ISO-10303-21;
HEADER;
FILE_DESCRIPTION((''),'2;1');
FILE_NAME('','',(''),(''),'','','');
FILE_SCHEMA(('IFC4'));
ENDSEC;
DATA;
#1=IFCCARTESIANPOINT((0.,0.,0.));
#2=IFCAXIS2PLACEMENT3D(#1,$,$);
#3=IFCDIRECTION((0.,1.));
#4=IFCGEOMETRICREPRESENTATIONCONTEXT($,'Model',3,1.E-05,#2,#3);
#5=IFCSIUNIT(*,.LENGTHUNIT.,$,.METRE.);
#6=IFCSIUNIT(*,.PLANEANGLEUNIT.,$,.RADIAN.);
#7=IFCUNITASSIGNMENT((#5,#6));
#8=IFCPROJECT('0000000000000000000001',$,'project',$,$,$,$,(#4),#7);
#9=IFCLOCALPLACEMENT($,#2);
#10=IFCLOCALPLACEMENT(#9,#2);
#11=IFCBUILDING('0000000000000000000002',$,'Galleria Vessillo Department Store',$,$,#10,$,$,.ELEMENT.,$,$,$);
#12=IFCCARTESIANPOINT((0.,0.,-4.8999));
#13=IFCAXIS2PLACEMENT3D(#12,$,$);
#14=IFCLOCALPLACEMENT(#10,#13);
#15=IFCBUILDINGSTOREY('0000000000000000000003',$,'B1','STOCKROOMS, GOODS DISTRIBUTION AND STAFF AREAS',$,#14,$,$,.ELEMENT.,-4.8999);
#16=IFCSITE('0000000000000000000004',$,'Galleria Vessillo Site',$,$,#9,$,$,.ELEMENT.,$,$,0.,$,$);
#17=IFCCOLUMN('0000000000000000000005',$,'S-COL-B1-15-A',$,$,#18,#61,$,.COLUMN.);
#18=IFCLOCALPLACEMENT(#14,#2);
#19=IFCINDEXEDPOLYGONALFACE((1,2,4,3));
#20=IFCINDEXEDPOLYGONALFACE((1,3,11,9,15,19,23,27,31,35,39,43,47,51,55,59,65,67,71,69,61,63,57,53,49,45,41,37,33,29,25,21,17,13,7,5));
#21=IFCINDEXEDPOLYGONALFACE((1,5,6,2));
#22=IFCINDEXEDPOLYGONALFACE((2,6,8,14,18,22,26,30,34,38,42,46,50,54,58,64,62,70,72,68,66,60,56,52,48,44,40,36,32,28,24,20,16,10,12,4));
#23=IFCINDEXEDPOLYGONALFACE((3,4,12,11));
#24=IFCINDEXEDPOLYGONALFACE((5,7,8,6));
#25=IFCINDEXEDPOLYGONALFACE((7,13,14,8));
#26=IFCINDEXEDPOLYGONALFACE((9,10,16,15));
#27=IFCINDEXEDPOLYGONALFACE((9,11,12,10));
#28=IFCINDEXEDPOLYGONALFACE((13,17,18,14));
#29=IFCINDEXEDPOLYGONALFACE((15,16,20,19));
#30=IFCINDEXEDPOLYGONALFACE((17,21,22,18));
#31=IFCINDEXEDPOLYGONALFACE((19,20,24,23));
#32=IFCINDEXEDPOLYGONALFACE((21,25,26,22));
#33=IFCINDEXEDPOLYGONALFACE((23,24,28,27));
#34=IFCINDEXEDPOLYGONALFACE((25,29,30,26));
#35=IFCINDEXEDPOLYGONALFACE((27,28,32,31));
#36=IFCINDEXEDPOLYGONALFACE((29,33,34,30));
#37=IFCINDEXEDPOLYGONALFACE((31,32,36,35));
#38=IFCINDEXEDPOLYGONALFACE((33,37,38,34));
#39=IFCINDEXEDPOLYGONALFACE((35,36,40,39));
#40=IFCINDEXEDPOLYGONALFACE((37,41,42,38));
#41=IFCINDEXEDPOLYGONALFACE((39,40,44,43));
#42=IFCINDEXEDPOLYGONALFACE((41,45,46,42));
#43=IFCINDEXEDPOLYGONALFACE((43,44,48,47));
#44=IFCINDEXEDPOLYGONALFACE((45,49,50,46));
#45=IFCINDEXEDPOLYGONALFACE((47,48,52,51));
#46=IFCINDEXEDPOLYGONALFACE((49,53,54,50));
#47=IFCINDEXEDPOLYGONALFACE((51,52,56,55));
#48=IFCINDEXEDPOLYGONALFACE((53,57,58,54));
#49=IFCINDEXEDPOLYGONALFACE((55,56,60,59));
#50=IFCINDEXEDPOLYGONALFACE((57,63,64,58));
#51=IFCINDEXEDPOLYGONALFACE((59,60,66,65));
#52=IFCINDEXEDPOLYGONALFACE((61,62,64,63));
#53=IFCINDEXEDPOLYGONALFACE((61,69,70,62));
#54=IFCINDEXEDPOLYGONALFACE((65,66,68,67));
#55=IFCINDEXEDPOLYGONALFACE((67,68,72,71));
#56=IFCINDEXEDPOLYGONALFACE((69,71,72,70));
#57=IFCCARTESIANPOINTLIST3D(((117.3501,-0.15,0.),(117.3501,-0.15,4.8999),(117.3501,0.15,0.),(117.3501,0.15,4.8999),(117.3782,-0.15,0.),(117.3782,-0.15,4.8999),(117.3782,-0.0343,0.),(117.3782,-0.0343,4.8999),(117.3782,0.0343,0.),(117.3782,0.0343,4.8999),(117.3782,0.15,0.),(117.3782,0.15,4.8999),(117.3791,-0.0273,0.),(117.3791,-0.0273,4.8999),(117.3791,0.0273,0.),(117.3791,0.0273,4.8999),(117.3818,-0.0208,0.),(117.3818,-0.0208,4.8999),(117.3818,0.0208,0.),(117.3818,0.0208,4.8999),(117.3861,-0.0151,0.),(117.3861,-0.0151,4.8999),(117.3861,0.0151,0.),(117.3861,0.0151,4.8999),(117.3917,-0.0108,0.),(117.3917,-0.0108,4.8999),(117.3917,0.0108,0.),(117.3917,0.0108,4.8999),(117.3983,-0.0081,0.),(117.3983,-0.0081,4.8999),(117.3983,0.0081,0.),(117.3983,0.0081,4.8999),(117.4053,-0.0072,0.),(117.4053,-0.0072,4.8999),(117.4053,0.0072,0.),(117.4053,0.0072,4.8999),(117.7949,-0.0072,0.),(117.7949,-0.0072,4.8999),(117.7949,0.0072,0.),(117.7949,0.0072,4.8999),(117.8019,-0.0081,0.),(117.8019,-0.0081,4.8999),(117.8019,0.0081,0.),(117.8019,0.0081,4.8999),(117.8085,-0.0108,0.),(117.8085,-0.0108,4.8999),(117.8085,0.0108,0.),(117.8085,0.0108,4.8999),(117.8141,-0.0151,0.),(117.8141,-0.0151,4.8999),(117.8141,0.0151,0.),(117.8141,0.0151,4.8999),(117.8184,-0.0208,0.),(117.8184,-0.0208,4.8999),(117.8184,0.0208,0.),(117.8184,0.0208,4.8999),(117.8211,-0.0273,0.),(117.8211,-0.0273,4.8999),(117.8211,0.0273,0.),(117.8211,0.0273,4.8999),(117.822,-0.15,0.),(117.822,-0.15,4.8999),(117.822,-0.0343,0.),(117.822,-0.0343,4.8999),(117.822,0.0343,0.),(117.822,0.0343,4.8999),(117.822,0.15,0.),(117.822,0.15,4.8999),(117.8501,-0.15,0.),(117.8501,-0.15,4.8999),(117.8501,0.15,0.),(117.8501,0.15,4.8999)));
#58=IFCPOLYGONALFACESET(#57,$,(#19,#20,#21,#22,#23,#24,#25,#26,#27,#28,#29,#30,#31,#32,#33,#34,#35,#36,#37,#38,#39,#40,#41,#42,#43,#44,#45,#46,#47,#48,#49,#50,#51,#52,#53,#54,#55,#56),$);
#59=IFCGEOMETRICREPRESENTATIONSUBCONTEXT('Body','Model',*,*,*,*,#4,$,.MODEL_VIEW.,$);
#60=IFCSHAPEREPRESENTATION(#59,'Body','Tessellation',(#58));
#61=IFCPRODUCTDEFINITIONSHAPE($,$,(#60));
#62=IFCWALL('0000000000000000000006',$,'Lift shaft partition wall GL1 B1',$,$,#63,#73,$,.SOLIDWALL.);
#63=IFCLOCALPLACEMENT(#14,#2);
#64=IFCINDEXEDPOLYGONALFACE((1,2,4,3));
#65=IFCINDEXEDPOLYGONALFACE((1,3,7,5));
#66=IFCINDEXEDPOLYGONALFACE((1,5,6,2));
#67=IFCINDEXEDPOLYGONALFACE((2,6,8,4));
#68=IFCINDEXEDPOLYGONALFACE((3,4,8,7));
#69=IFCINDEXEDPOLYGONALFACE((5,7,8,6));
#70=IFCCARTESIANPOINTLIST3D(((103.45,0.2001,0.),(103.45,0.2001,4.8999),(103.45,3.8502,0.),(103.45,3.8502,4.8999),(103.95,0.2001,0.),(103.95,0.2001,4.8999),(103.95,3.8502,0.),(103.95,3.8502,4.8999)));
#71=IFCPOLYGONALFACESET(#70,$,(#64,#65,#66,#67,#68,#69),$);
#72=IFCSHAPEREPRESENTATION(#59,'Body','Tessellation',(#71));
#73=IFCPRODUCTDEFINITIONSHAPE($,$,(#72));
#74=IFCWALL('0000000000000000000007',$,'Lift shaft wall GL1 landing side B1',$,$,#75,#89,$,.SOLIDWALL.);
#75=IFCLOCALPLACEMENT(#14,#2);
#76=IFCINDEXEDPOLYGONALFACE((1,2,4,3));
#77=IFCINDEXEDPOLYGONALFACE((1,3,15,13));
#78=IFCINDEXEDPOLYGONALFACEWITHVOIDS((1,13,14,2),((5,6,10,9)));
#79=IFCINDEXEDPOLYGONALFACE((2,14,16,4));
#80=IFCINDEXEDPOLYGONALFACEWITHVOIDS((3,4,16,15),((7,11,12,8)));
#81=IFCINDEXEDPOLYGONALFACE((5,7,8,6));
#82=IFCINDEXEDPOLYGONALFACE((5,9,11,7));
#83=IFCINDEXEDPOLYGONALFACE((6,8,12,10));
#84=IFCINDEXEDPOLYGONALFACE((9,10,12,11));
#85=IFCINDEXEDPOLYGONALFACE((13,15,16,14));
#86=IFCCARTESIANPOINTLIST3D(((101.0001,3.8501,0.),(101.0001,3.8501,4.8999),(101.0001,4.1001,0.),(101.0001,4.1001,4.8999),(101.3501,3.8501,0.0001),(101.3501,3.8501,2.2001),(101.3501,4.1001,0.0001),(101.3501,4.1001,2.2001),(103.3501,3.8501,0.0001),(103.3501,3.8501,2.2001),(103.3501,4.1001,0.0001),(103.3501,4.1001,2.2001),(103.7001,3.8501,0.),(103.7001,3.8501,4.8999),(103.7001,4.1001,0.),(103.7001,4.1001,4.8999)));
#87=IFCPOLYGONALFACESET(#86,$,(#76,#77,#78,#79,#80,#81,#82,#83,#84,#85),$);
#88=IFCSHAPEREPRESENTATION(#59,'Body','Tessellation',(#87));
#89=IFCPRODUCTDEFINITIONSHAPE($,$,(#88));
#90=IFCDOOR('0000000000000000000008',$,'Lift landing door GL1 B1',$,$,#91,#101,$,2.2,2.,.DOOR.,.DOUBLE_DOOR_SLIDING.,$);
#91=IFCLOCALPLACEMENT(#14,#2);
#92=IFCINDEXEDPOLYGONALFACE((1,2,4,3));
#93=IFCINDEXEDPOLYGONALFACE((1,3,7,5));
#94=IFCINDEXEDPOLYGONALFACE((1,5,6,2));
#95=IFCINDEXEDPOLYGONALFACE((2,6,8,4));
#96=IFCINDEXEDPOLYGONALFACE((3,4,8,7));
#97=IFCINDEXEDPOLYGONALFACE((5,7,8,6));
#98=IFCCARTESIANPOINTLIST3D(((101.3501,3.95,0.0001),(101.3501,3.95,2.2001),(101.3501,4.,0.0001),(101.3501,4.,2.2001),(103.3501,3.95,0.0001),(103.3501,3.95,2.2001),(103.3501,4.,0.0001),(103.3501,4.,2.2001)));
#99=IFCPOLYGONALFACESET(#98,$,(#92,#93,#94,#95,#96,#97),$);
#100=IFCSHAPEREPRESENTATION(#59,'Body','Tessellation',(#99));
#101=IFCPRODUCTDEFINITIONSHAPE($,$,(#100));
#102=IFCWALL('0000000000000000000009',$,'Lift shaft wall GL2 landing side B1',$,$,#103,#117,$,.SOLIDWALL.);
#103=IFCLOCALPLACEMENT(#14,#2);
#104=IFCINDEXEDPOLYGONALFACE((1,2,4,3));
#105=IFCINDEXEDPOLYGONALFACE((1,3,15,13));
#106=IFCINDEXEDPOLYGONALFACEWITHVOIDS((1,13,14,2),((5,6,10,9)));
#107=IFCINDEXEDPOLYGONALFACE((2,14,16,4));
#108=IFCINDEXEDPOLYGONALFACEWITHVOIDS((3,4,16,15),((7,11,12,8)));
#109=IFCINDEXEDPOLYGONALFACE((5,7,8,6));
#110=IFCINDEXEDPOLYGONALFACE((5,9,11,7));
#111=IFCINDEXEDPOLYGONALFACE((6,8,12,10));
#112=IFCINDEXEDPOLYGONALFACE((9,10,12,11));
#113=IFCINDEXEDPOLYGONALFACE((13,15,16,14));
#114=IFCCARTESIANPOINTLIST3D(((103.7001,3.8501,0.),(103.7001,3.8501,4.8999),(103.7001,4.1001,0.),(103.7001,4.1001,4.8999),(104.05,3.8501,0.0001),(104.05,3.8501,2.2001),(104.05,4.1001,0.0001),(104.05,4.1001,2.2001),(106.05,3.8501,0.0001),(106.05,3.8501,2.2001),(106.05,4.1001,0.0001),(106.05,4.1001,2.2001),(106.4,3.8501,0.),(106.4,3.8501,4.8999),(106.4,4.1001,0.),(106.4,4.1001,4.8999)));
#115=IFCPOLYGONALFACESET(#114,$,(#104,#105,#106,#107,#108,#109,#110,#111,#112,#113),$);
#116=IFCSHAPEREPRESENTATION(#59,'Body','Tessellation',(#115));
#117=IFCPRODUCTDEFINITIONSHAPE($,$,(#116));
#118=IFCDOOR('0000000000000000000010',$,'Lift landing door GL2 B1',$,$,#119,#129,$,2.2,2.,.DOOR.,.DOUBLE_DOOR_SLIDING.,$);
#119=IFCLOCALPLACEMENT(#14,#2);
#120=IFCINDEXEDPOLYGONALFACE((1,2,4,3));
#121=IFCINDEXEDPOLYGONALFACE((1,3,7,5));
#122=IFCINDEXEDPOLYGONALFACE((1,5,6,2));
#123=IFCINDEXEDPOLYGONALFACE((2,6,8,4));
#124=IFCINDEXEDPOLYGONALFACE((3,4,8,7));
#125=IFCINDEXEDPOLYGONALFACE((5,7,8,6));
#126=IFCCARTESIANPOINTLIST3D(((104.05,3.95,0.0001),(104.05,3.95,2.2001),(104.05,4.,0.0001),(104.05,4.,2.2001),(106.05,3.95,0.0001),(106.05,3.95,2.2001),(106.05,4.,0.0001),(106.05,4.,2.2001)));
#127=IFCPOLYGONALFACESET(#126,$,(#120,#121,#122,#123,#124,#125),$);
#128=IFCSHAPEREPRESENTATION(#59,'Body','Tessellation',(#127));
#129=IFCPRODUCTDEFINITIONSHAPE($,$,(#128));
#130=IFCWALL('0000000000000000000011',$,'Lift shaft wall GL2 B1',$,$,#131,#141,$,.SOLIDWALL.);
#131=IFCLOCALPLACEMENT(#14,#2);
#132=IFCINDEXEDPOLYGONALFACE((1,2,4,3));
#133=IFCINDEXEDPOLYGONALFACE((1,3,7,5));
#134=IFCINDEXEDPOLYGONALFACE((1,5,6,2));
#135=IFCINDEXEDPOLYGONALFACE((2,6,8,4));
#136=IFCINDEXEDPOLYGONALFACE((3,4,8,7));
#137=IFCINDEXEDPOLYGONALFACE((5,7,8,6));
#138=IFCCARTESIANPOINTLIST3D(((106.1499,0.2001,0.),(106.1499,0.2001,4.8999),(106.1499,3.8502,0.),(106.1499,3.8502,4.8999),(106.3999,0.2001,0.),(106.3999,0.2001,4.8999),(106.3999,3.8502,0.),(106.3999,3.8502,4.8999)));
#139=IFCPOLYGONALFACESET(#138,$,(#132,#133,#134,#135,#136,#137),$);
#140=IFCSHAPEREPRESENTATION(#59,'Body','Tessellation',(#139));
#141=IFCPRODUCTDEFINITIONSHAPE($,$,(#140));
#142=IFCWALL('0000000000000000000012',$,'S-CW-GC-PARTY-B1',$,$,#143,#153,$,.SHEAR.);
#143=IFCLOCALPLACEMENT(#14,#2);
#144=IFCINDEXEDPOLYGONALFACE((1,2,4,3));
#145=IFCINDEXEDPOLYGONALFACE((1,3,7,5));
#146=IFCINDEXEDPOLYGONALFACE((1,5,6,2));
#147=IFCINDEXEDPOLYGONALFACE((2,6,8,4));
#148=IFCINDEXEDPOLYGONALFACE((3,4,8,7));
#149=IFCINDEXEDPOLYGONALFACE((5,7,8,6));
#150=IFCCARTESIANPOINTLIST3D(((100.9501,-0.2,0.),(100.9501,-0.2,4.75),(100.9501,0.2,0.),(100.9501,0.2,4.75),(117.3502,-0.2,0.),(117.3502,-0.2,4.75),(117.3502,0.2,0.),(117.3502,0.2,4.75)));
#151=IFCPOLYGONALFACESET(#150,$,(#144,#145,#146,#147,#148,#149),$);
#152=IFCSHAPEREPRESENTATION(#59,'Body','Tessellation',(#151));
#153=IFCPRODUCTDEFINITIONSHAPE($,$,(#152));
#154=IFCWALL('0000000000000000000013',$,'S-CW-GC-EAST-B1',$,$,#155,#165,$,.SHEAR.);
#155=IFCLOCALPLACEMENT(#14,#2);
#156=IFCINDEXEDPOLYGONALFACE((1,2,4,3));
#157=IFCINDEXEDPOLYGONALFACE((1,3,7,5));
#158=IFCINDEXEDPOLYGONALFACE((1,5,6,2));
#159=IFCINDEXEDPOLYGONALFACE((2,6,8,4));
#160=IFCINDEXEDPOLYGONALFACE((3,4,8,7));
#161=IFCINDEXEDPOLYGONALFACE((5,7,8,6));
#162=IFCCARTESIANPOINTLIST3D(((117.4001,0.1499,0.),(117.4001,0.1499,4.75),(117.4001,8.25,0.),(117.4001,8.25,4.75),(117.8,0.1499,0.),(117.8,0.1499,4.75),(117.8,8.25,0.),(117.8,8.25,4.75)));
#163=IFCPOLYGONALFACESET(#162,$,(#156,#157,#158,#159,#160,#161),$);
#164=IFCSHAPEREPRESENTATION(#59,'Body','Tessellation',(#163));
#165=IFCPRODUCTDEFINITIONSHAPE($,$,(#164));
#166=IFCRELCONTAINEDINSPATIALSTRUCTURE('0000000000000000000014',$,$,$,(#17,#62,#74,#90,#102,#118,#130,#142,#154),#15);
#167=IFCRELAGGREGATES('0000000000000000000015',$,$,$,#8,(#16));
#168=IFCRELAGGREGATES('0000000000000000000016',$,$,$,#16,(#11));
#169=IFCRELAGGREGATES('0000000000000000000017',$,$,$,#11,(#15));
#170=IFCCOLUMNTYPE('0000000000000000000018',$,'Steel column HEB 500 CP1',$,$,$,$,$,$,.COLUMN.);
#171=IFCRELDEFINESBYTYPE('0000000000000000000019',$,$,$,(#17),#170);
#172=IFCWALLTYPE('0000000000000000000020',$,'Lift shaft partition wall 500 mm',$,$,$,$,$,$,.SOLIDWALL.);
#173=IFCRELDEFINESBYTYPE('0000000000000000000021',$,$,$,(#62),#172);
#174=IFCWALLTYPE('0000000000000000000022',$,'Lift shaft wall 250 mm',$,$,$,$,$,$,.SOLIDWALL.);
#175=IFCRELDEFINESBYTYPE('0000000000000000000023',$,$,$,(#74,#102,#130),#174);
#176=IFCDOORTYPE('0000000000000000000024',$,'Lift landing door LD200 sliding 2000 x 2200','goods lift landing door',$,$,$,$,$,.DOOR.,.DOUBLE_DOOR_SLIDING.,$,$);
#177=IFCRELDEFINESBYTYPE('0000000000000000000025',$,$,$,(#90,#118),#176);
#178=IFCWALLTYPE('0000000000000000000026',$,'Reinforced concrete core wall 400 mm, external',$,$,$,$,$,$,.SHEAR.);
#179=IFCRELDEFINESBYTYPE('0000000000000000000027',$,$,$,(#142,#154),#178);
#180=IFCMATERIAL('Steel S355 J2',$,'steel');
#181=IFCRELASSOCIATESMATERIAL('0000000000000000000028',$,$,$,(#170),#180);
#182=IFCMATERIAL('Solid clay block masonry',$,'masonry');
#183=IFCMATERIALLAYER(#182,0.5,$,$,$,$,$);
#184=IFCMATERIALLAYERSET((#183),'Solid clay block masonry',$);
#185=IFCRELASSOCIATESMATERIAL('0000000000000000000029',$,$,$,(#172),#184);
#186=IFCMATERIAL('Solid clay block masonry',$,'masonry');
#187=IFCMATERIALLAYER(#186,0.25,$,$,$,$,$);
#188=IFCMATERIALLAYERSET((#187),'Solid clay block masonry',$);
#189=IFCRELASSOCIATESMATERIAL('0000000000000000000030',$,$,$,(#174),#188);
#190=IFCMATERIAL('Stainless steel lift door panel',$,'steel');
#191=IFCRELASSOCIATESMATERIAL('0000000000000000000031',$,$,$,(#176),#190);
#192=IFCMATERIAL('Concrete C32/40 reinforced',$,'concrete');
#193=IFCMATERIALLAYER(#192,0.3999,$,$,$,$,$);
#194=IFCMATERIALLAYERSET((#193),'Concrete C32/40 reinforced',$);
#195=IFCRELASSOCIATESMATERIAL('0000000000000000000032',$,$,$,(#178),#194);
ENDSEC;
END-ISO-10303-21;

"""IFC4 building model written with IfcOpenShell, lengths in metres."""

from ifc_helpers import new_model, si_unit, direction, frame, frame_2d, origin, origin_2d, place, context, subcontext, project, spatial, rectangle, i_section, extrude, material, layer, layer_set, material_profile, profile_set, type_object, element, fill, save


model = new_model("IFC4")

# Units and contexts
model_context = context("Model", 3, precision=1e-05, world=origin(), true_north=direction((0.0, 1.0)))
body_context = subcontext(model_context, "Body", "Model", "MODEL_VIEW")
ifc_project = project(units=[si_unit("LENGTHUNIT", "METRE"), si_unit("PLANEANGLEUNIT", "RADIAN")], contexts=[model_context])

# Site, building, storey
site_placement = place(None, origin())
site = spatial("IfcSite", under=ifc_project, at=site_placement, Name="Galleria Vessillo Site", CompositionType="ELEMENT", RefElevation=0.0)
building_placement = place(site_placement, origin())
building = spatial("IfcBuilding", under=site, at=building_placement, Name="Galleria Vessillo Department Store", CompositionType="ELEMENT")
storey_placement = place(building_placement, frame((0.0, 0.0, -4.8999)))
storey = spatial("IfcBuildingStorey", under=building, at=storey_placement, Name="B1", Description="STOCKROOMS, GOODS DISTRIBUTION AND STAFF AREAS", CompositionType="ELEMENT", Elevation=-4.8999)

# Column
ifc_material_1 = material(Name="Steel S355 J2", Category="steel")
ifc_material_profile = material_profile(ifc_material_1, i_section(OverallWidth=0.3, OverallDepth=0.5, WebThickness=0.0144, FlangeThickness=0.0281, FilletRadius=0.0271, at=origin_2d()), Name="HEB 500")
ifc_profile_set = profile_set([ifc_material_profile], Name="Steel S355 J2")
column_type = type_object("IfcColumnType", Name="Steel column HEB 500 CP1", PredefinedType="COLUMN", material=ifc_profile_set)
column_placement = place(storey_placement, frame((117.6001, 0.0, 0.0), z_axis=(0.0, 0.0, 1.0), x_axis=(0.0, 1.0, 0.0)))
element("IfcColumn", 1, at=column_placement, inside=storey, type_object=column_type, Name="S-COL-B1-15-A", PredefinedType="COLUMN", context=body_context, shape_type="SweptSolid", body=[
    extrude(i_section(OverallWidth=0.3, OverallDepth=0.5, WebThickness=0.0144, FlangeThickness=0.0281, FilletRadius=0.0271, at=origin_2d()), origin(), (0.0, 0.0, 1.0), 4.8999),
])

# Wall
ifc_material_2 = material(Name="Solid clay block masonry", Category="masonry")
ifc_layer_1 = layer(ifc_material_2, 0.5)
ifc_layer_set_1 = layer_set([ifc_layer_1], Name="Solid clay block masonry")
wall_type_1 = type_object("IfcWallType", Name="Lift shaft partition wall 500 mm", PredefinedType="SOLIDWALL", material=ifc_layer_set_1)
wall_1_placement = place(storey_placement, frame((103.7, 0.2, 0.0), z_axis=(0.0, 0.0, 1.0), x_axis=(0.0, 1.0, 0.0)))
element("IfcWall", 2, at=wall_1_placement, inside=storey, type_object=wall_type_1, Name="Lift shaft partition wall GL1 B1", PredefinedType="SOLIDWALL", context=body_context, shape_type="SweptSolid", body=[
    extrude(rectangle(XDim=3.6501, YDim=0.5, at=frame_2d((1.8252, 0.0))), origin(), (0.0, 0.0, 1.0), 4.8999),
])

# Walls, openings, doors
ifc_material_3 = material(Name="Solid clay block masonry", Category="masonry")
ifc_layer_2 = layer(ifc_material_3, 0.25)
ifc_layer_set_2 = layer_set([ifc_layer_2], Name="Solid clay block masonry")
wall_type_2 = type_object("IfcWallType", Name="Lift shaft wall 250 mm", PredefinedType="SOLIDWALL", material=ifc_layer_set_2)
wall_2_placement = place(storey_placement, frame((101.0, 3.9751, 0.0), z_axis=(0.0, 0.0, 1.0), x_axis=(1.0, 0.0, 0.0)))
wall_2 = element("IfcWall", 3, at=wall_2_placement, inside=storey, type_object=wall_type_2, Name="Lift shaft wall GL1 landing side B1", PredefinedType="SOLIDWALL", context=body_context, shape_type="SweptSolid", body=[
    extrude(rectangle(XDim=2.7, YDim=0.25, at=frame_2d((1.3501, 0.0))), origin(), (0.0, 0.0, 1.0), 4.8999),
])
opening_1_placement = place(wall_2_placement, frame((0.3501, 0.0, 0.0)))
opening_1 = element("IfcOpeningElement", 4, at=opening_1_placement, cuts=wall_2, PredefinedType="OPENING", context=body_context, shape_type="SweptSolid", body=[
    extrude(rectangle(XDim=2.0, YDim=2.2, at=frame_2d((1.0, 1.1001))), frame((0.0, 0.135, 0.0), z_axis=(0.0, -1.0, 0.0), x_axis=(1.0, 0.0, 0.0)), (0.0, 0.0, 1.0), 0.27),
])
ifc_material_4 = material(Name="Stainless steel lift door panel", Category="steel")
door_type_1 = type_object("IfcDoorType", Name="Lift landing door LD200 sliding 2000 x 2200", Description="goods lift landing door", OperationType="DOUBLE_DOOR_SLIDING", PredefinedType="DOOR", material=ifc_material_4)
door_1_placement = place(opening_1_placement, origin())
door_1 = element("IfcDoor", 5, at=door_1_placement, inside=storey, type_object=door_type_1, Name="Lift landing door GL1 B1", OperationType="DOUBLE_DOOR_SLIDING", OverallHeight=2.2, OverallWidth=2.0, PredefinedType="DOOR", context=body_context, shape_type="SweptSolid", body=[
    extrude(rectangle(XDim=2.0, YDim=2.2, at=frame_2d((1.0, 1.1001))), frame((0.0, 0.0249, 0.0), z_axis=(0.0, -1.0, 0.0), x_axis=(1.0, 0.0, 0.0)), (0.0, 0.0, 1.0), 0.05),
])
fill(opening_1, door_1)
wall_3_placement = place(storey_placement, frame((103.7, 3.9751, 0.0), z_axis=(0.0, 0.0, 1.0), x_axis=(1.0, 0.0, 0.0)))
wall_3 = element("IfcWall", 6, at=wall_3_placement, inside=storey, type_object=wall_type_2, Name="Lift shaft wall GL2 landing side B1", PredefinedType="SOLIDWALL", context=body_context, shape_type="SweptSolid", body=[
    extrude(rectangle(XDim=2.7, YDim=0.25, at=frame_2d((1.3501, 0.0))), origin(), (0.0, 0.0, 1.0), 4.8999),
])
opening_2_placement = place(wall_3_placement, frame((0.3501, 0.0, 0.0)))
opening_2 = element("IfcOpeningElement", 7, at=opening_2_placement, cuts=wall_3, PredefinedType="OPENING", context=body_context, shape_type="SweptSolid", body=[
    extrude(rectangle(XDim=2.0, YDim=2.2, at=frame_2d((1.0, 1.1001))), frame((0.0, 0.135, 0.0), z_axis=(0.0, -1.0, 0.0), x_axis=(1.0, 0.0, 0.0)), (0.0, 0.0, 1.0), 0.27),
])
door_2_placement = place(opening_2_placement, origin())
door_2 = element("IfcDoor", 8, at=door_2_placement, inside=storey, type_object=door_type_1, Name="Lift landing door GL2 B1", OperationType="DOUBLE_DOOR_SLIDING", OverallHeight=2.2, OverallWidth=2.0, PredefinedType="DOOR", context=body_context, shape_type="SweptSolid", body=[
    extrude(rectangle(XDim=2.0, YDim=2.2, at=frame_2d((1.0, 1.1001))), frame((0.0, 0.0249, 0.0), z_axis=(0.0, -1.0, 0.0), x_axis=(1.0, 0.0, 0.0)), (0.0, 0.0, 1.0), 0.05),
])
fill(opening_2, door_2)

# Walls
wall_4_placement = place(storey_placement, frame((106.2749, 0.2, 0.0), z_axis=(0.0, 0.0, 1.0), x_axis=(0.0, 1.0, 0.0)))
element("IfcWall", 9, at=wall_4_placement, inside=storey, type_object=wall_type_2, Name="Lift shaft wall GL2 B1", PredefinedType="SOLIDWALL", context=body_context, shape_type="SweptSolid", body=[
    extrude(rectangle(XDim=3.6501, YDim=0.25, at=frame_2d((1.8252, 0.0))), origin(), (0.0, 0.0, 1.0), 4.8999),
])
ifc_material_5 = material(Name="Concrete C32/40 reinforced", Category="concrete")
ifc_layer_3 = layer(ifc_material_5, 0.3999)
ifc_layer_set_3 = layer_set([ifc_layer_3], Name="Concrete C32/40 reinforced")
wall_type_3 = type_object("IfcWallType", Name="Reinforced concrete core wall 400 mm, external", PredefinedType="SHEAR", material=ifc_layer_set_3)
wall_5_placement = place(storey_placement, frame((100.95, 0.0, 0.0), z_axis=(0.0, 0.0, 1.0), x_axis=(1.0, 0.0, 0.0)))
element("IfcWall", 10, at=wall_5_placement, inside=storey, type_object=wall_type_3, Name="S-CW-GC-PARTY-B1", PredefinedType="SHEAR", context=body_context, shape_type="SweptSolid", body=[
    extrude(rectangle(XDim=16.4001, YDim=0.3999, at=frame_2d((8.2002, 0.0))), origin(), (0.0, 0.0, 1.0), 4.75),
])
wall_6_placement = place(storey_placement, frame((117.6001, 0.1499, 0.0), z_axis=(0.0, 0.0, 1.0), x_axis=(0.0, 1.0, 0.0)))
element("IfcWall", 11, at=wall_6_placement, inside=storey, type_object=wall_type_3, Name="S-CW-GC-EAST-B1", PredefinedType="SHEAR", context=body_context, shape_type="SweptSolid", body=[
    extrude(rectangle(XDim=8.1001, YDim=0.3999, at=frame_2d((4.05, 0.0))), origin(), (0.0, 0.0, 1.0), 4.75),
])

save(model, "model.ifc")
